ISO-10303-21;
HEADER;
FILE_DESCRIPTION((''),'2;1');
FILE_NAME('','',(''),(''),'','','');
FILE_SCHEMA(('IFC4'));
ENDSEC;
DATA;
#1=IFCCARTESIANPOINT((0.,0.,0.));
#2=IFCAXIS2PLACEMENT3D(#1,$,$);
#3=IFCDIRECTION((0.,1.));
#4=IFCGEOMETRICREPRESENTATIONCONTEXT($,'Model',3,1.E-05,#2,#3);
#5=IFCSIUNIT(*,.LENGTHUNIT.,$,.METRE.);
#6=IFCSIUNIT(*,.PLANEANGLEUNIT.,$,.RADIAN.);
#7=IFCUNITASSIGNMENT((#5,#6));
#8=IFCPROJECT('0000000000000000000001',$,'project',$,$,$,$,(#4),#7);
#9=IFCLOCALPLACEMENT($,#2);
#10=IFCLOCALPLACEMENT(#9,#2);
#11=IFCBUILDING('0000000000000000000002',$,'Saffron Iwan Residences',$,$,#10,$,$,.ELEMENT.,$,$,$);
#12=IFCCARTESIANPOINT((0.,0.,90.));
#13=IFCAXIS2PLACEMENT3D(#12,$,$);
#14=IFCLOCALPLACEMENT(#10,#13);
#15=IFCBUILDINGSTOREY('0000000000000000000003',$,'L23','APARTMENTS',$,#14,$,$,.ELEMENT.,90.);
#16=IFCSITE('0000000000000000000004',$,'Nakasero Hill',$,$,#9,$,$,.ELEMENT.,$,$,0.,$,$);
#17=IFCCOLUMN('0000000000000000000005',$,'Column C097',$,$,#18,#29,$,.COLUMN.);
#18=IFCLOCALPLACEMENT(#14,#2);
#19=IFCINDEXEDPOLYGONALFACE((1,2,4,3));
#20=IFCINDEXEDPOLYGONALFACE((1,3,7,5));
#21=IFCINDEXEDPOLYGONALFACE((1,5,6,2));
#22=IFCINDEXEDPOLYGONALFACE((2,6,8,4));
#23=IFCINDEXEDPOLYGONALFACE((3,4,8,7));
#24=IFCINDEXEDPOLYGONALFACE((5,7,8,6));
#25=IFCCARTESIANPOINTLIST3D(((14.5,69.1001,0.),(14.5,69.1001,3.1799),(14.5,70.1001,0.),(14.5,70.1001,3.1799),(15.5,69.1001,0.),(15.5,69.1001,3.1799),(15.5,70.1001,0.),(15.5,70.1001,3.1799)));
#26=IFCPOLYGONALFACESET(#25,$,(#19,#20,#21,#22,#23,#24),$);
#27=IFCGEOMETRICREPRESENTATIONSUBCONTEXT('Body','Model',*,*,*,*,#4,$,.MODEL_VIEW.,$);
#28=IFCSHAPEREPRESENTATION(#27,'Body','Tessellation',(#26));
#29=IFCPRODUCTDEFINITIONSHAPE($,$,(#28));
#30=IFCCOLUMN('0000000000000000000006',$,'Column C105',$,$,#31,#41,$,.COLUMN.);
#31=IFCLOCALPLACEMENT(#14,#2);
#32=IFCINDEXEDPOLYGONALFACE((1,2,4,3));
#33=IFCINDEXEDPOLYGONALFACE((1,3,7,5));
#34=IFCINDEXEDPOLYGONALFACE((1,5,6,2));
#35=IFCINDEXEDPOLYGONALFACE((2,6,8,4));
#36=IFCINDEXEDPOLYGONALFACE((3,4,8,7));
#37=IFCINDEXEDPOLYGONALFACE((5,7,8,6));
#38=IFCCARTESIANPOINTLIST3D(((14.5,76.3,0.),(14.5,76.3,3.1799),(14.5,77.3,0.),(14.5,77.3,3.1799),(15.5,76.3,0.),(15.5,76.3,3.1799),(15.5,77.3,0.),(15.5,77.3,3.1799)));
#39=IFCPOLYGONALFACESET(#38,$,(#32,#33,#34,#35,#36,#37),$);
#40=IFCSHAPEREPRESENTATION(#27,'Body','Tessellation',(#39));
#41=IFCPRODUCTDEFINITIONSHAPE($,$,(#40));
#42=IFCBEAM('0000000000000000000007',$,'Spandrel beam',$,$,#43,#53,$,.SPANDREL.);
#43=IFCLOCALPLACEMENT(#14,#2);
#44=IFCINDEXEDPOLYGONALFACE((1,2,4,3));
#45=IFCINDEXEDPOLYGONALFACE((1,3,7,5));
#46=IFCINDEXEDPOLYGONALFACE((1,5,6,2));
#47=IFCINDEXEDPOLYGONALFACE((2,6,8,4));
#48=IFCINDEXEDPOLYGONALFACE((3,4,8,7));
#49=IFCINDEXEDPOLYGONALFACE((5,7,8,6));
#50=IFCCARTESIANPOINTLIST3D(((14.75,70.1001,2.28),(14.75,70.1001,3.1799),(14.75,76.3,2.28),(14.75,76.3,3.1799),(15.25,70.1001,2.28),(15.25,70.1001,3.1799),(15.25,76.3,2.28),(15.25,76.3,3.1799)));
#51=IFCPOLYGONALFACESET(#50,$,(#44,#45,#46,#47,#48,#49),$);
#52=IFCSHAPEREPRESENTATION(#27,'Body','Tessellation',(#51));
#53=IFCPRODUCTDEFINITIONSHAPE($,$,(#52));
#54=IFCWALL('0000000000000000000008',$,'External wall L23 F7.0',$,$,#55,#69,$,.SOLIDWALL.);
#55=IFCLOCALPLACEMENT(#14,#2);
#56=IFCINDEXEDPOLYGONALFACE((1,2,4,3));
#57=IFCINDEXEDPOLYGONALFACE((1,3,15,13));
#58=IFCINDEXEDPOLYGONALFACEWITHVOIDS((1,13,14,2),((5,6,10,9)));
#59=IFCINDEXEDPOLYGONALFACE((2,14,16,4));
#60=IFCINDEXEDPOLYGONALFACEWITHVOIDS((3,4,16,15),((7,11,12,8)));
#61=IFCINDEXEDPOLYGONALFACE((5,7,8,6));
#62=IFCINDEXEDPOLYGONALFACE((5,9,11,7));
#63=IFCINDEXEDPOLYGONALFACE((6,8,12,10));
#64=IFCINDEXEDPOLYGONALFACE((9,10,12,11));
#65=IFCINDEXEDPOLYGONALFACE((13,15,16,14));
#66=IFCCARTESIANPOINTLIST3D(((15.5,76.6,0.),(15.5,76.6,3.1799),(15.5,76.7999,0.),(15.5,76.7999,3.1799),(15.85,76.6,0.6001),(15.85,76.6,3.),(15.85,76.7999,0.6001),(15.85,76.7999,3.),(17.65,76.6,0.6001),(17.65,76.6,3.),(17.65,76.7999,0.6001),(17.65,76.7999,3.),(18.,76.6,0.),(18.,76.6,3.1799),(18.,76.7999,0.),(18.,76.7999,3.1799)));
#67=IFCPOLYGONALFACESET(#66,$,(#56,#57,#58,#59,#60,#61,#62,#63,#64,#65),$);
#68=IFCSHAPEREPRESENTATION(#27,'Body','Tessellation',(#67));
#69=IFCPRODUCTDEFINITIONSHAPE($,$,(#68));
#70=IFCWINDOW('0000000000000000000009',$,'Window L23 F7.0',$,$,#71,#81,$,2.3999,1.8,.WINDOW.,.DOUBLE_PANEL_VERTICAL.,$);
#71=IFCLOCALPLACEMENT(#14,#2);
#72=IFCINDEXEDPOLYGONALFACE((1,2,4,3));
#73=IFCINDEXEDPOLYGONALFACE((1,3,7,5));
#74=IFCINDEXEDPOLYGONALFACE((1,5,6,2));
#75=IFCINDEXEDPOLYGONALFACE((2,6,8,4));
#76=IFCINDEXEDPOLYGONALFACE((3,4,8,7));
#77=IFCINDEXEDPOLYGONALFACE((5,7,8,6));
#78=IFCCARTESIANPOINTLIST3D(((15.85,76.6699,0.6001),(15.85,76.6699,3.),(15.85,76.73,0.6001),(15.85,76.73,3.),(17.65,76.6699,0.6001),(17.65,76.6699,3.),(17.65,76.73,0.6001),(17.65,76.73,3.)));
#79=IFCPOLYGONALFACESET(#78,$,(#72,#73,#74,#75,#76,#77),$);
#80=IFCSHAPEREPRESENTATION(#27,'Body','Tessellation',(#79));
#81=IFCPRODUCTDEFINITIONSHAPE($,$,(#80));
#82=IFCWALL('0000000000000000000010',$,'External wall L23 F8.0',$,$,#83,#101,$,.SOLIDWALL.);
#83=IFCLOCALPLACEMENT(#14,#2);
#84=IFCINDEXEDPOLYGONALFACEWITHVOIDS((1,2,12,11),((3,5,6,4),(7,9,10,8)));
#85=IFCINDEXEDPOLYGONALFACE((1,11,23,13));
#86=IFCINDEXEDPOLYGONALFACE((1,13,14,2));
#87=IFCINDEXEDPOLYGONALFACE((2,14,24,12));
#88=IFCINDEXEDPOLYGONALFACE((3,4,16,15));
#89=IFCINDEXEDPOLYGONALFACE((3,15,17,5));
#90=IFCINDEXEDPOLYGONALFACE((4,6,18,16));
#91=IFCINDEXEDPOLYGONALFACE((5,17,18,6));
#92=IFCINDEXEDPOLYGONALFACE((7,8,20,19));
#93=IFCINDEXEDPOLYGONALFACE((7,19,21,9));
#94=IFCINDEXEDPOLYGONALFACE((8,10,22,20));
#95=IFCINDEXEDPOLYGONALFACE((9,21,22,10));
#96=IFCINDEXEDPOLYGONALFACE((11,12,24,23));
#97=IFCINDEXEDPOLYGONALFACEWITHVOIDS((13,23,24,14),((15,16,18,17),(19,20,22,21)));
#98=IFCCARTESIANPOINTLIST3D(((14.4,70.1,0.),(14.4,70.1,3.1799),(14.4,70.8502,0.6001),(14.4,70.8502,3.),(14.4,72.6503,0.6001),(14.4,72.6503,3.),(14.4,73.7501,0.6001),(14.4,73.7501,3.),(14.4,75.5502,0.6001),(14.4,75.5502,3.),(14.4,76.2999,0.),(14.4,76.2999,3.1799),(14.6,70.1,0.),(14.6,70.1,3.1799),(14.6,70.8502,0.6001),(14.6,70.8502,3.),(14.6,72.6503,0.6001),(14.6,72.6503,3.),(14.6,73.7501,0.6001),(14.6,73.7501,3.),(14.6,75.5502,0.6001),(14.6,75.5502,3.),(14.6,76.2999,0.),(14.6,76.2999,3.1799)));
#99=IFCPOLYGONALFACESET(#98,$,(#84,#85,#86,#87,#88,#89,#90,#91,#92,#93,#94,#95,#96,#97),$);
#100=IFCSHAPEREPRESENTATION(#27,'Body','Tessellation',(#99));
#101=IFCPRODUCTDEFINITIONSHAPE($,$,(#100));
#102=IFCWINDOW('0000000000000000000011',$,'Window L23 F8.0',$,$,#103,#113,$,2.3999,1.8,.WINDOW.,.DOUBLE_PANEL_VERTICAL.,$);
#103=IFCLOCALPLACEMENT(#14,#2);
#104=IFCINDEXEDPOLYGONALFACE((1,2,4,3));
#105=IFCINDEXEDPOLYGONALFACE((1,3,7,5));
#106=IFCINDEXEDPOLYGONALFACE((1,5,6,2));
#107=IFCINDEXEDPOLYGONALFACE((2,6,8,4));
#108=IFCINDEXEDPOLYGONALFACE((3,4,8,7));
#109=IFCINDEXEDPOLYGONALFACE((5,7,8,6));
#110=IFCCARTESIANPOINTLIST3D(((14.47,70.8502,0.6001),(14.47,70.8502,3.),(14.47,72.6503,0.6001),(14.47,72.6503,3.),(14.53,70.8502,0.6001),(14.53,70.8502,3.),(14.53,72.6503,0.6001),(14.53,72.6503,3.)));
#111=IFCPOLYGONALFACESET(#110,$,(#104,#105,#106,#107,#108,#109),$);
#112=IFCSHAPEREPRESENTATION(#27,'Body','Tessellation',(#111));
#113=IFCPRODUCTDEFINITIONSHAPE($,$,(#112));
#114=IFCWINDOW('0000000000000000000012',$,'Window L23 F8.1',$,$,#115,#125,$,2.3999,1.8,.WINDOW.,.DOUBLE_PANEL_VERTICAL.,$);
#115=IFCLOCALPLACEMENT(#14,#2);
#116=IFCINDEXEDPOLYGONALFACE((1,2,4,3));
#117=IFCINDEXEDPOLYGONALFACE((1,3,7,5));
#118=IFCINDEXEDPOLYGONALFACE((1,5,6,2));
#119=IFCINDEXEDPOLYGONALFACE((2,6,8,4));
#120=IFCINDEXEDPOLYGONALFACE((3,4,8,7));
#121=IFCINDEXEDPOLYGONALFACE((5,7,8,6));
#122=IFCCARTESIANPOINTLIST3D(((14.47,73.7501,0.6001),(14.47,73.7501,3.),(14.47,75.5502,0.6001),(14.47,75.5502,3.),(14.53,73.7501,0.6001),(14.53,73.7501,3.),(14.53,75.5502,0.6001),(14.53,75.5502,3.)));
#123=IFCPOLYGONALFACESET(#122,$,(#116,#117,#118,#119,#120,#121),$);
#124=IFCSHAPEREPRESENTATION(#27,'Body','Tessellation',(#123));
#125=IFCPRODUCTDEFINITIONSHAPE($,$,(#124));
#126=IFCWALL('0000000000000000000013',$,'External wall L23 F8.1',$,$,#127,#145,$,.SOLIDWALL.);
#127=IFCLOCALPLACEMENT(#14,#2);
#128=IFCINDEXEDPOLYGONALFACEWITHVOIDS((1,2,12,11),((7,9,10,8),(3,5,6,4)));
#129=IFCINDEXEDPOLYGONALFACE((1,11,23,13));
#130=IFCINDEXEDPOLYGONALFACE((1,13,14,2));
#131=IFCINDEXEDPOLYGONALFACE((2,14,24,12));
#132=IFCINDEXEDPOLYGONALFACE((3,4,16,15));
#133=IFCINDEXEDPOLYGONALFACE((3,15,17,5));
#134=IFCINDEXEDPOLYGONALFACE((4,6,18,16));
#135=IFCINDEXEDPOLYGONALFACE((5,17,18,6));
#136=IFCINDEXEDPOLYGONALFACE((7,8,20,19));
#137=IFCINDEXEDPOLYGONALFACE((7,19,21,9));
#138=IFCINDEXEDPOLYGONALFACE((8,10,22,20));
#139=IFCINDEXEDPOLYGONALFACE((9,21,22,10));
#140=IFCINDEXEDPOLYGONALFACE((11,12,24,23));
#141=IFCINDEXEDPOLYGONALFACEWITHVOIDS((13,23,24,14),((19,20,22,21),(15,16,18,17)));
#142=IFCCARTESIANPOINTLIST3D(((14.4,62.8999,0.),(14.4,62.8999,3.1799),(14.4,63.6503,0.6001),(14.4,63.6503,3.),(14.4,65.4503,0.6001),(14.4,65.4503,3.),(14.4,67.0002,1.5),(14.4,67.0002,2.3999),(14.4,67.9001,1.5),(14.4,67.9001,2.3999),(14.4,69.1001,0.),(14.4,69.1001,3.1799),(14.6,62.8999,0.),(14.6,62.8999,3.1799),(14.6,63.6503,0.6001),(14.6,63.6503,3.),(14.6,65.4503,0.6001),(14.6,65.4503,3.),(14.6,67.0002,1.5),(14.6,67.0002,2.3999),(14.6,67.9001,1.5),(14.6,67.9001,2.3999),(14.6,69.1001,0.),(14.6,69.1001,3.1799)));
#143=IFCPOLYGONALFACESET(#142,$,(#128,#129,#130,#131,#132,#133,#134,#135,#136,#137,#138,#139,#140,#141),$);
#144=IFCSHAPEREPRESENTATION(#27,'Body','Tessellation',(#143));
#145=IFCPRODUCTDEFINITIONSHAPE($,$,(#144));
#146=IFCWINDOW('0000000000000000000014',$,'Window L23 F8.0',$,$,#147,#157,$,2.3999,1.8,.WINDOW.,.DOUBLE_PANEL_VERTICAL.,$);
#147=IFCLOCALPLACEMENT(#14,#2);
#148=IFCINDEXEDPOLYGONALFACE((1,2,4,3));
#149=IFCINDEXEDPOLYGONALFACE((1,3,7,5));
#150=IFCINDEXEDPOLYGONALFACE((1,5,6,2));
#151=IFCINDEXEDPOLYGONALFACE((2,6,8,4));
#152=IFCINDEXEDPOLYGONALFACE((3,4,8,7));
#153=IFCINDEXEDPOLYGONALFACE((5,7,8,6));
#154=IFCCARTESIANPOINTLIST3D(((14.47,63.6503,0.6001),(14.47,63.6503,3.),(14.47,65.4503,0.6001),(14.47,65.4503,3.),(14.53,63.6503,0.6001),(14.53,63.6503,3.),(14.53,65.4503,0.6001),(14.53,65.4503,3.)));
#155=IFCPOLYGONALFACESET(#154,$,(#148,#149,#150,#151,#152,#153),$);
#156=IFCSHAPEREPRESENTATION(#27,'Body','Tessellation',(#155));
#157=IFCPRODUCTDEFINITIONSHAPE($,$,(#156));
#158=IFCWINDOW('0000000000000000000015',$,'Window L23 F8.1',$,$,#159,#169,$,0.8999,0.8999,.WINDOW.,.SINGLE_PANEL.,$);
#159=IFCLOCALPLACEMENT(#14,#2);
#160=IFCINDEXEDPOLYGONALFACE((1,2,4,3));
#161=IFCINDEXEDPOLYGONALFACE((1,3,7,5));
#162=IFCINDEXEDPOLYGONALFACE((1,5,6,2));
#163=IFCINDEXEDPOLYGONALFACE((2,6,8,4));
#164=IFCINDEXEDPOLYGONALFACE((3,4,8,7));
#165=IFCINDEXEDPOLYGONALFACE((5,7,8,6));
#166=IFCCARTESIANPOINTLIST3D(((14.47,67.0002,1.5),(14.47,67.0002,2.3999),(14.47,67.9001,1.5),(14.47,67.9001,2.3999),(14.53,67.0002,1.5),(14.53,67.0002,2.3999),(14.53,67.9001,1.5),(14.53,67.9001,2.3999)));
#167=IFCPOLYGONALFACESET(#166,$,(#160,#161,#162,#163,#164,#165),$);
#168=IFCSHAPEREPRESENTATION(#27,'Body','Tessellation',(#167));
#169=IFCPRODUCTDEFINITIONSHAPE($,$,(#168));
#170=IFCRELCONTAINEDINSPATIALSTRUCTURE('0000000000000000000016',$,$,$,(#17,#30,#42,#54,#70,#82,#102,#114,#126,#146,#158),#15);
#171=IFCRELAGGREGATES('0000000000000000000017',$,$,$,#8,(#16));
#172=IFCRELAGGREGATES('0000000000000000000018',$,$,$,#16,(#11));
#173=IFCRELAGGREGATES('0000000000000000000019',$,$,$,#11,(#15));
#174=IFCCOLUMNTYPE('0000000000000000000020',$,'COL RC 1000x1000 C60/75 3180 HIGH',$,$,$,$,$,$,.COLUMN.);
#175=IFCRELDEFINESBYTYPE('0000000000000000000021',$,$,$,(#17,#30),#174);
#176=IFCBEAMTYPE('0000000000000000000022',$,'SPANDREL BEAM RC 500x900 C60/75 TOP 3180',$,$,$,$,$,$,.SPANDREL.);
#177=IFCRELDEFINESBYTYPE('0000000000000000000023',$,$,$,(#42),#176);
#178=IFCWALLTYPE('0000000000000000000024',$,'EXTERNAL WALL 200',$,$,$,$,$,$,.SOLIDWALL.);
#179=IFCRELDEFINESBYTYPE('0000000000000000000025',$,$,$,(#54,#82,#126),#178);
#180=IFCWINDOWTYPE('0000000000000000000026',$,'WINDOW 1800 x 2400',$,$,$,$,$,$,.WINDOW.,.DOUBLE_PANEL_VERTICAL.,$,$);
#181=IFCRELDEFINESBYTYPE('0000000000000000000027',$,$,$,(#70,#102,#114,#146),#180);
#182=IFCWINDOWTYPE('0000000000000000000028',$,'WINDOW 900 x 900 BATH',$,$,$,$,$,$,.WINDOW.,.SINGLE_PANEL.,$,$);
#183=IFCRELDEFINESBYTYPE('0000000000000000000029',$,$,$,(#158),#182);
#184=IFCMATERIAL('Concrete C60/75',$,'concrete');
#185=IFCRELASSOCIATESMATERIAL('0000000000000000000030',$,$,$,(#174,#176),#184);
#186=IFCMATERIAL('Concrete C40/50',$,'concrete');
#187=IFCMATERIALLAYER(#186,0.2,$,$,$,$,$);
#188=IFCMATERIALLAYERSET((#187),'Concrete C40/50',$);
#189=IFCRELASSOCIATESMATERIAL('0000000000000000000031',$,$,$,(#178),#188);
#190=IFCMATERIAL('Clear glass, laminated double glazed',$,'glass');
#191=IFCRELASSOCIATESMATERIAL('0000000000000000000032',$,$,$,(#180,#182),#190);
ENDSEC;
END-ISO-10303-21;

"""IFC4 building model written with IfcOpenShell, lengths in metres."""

from ifc_helpers import new_model, si_unit, direction, frame, frame_2d, origin, origin_2d, place, context, subcontext, project, spatial, rectangle, extrude, source, transform, mapped, material, layer, layer_set, material_profile, profile_set, type_object, element, fill, save


model = new_model("IFC4")

# Units and contexts
model_context = context("Model", 3, precision=1e-05, world=origin(), true_north=direction((0.0, 1.0)))
body_context = subcontext(model_context, "Body", "Model", "MODEL_VIEW")
ifc_project = project(units=[si_unit("LENGTHUNIT", "METRE"), si_unit("PLANEANGLEUNIT", "RADIAN")], contexts=[model_context])

# Site, building, storey
site_placement = place(None, origin())
site = spatial("IfcSite", under=ifc_project, at=site_placement, Name="Nakasero Hill", CompositionType="ELEMENT", RefElevation=0.0)
building_placement = place(site_placement, origin())
building = spatial("IfcBuilding", under=site, at=building_placement, Name="Saffron Iwan Residences", CompositionType="ELEMENT")
storey_placement = place(building_placement, frame((0.0, 0.0, 90.0)))
storey = spatial("IfcBuildingStorey", under=building, at=storey_placement, Name="L23", Description="APARTMENTS", CompositionType="ELEMENT", Elevation=90.0)

# Columns
ifc_material_1 = material(Name="Concrete C60/75", Category="concrete")
ifc_material_profile_1 = material_profile(ifc_material_1, rectangle(XDim=1.0, YDim=1.0, at=origin_2d()), Name="RC 1000x1000")
ifc_profile_set_1 = profile_set([ifc_material_profile_1], Name="Concrete C60/75")
column_type = type_object("IfcColumnType", Name="COL RC 1000x1000 C60/75 3180 HIGH", PredefinedType="COLUMN", material=ifc_profile_set_1)
shared_shape_1 = source(origin(), body_context, "Body", "SweptSolid", [
    extrude(rectangle(XDim=1.0, YDim=1.0, at=origin_2d()), origin(), (0.0, 0.0, 1.0), 3.1799),
])
for number, where, z_axis, x_axis, name in (
    (1, (15.0, 69.6001, 0.0), (0.0, 0.0, 1.0), (1.0, 0.0, 0.0), "Column C097"),
    (2, (15.0, 76.8, 0.0), (0.0, 0.0, 1.0), (1.0, 0.0, 0.0), "Column C105"),
):
    element("IfcColumn", number, at=place(storey_placement, frame(where, z_axis=z_axis, x_axis=x_axis)), inside=storey, type_object=column_type, Name=name, PredefinedType="COLUMN", context=body_context, shape_type="MappedRepresentation", body=[
        mapped(shared_shape_1, transform((0.0, 0.0, 0.0))),
    ])

# Beam
ifc_material_profile_2 = material_profile(ifc_material_1, rectangle(XDim=0.5, YDim=0.8999, at=origin_2d()), Name="RC 500x900")
ifc_profile_set_2 = profile_set([ifc_material_profile_2], Name="Concrete C60/75")
beam_type = type_object("IfcBeamType", Name="SPANDREL BEAM RC 500x900 C60/75 TOP 3180", PredefinedType="SPANDREL", material=ifc_profile_set_2)
shared_shape_2 = source(origin(), body_context, "Body", "SweptSolid", [
    extrude(rectangle(XDim=0.5, YDim=0.8999, at=origin_2d()), origin(), (0.0, 0.0, 1.0), 6.2),
])
beam_placement = place(storey_placement, frame((15.0, 70.1001, 2.73), z_axis=(0.0, 1.0, 0.0), x_axis=(-1.0, 0.0, 0.0)))
element("IfcBeam", 3, at=beam_placement, inside=storey, type_object=beam_type, Name="Spandrel beam", PredefinedType="SPANDREL", context=body_context, shape_type="MappedRepresentation", body=[
    mapped(shared_shape_2, transform((0.0, 0.0, 0.0))),
])

# Wall, opening, window
ifc_material_2 = material(Name="Concrete C40/50", Category="concrete")
ifc_layer_1 = layer(ifc_material_2, 0.2)
ifc_layer_set_1 = layer_set([ifc_layer_1], Name="Concrete C40/50")
wall_type_1 = type_object("IfcWallType", Name="EXTERNAL WALL 200", PredefinedType="SOLIDWALL", material=ifc_layer_set_1)
wall_1_placement = place(storey_placement, frame((18.0, 76.7, 0.0), z_axis=(0.0, 0.0, 1.0), x_axis=(-1.0, 0.0, 0.0)))
wall_1 = element("IfcWall", 4, at=wall_1_placement, inside=storey, type_object=wall_type_1, Name="External wall L23 F7.0", PredefinedType="SOLIDWALL", context=body_context, shape_type="SweptSolid", body=[
    extrude(rectangle(XDim=2.5, YDim=0.2, at=frame_2d((1.25, 0.0))), origin(), (0.0, 0.0, 1.0), 3.1799),
])
opening_1_placement = place(wall_1_placement, frame((0.3501, 0.0, 0.6001)))
opening_1 = element("IfcOpeningElement", 5, at=opening_1_placement, cuts=wall_1, PredefinedType="OPENING", context=body_context, shape_type="SweptSolid", body=[
    extrude(rectangle(XDim=1.8, YDim=2.3999, at=frame_2d((0.8999, 1.2))), frame((0.0, 0.1099, 0.0), z_axis=(0.0, -1.0, 0.0), x_axis=(1.0, 0.0, 0.0)), (0.0, 0.0, 1.0), 0.22),
])
ifc_material_3 = material(Name="Clear glass, laminated double glazed", Category="glass")
window_type_1 = type_object("IfcWindowType", Name="WINDOW 1800 x 2400", PartitioningType="DOUBLE_PANEL_VERTICAL", PredefinedType="WINDOW", material=ifc_material_3)
window_1_placement = place(opening_1_placement, origin())
window_1 = element("IfcWindow", 6, at=window_1_placement, inside=storey, type_object=window_type_1, Name="Window L23 F7.0", OverallHeight=2.3999, OverallWidth=1.8, PartitioningType="DOUBLE_PANEL_VERTICAL", PredefinedType="WINDOW", context=body_context, shape_type="SweptSolid", body=[
    extrude(rectangle(XDim=1.8, YDim=2.3999, at=frame_2d((0.8999, 1.2))), frame((0.0, 0.03, 0.0), z_axis=(0.0, -1.0, 0.0), x_axis=(1.0, 0.0, 0.0)), (0.0, 0.0, 1.0), 0.0601),
])
fill(opening_1, window_1)

# Walls, openings, windows
wall_2_placement = place(storey_placement, frame((14.5, 76.3, 0.0), z_axis=(0.0, 0.0, 1.0), x_axis=(0.0, -1.0, 0.0)))
wall_2 = element("IfcWall", 7, at=wall_2_placement, inside=storey, type_object=wall_type_1, Name="External wall L23 F8.0", PredefinedType="SOLIDWALL", context=body_context, shape_type="SweptSolid", body=[
    extrude(rectangle(XDim=6.2, YDim=0.2, at=frame_2d((3.1001, 0.0))), origin(), (0.0, 0.0, 1.0), 3.1799),
])
opening_2_placement = place(wall_2_placement, frame((3.6499, 0.0, 0.6001)))
opening_2 = element("IfcOpeningElement", 8, at=opening_2_placement, cuts=wall_2, PredefinedType="OPENING", context=body_context, shape_type="SweptSolid", body=[
    extrude(rectangle(XDim=1.8, YDim=2.3999, at=frame_2d((0.8999, 1.2))), frame((0.0, 0.1099, 0.0), z_axis=(0.0, -1.0, 0.0), x_axis=(1.0, 0.0, 0.0)), (0.0, 0.0, 1.0), 0.22),
])
opening_3_placement = place(wall_2_placement, frame((0.75, 0.0, 0.6001)))
opening_3 = element("IfcOpeningElement", 9, at=opening_3_placement, cuts=wall_2, PredefinedType="OPENING", context=body_context, shape_type="SweptSolid", body=[
    extrude(rectangle(XDim=1.8, YDim=2.3999, at=frame_2d((0.8999, 1.2))), frame((0.0, 0.1099, 0.0), z_axis=(0.0, -1.0, 0.0), x_axis=(1.0, 0.0, 0.0)), (0.0, 0.0, 1.0), 0.22),
])
window_2_placement = place(opening_2_placement, origin())
window_2 = element("IfcWindow", 10, at=window_2_placement, inside=storey, type_object=window_type_1, Name="Window L23 F8.0", OverallHeight=2.3999, OverallWidth=1.8, PartitioningType="DOUBLE_PANEL_VERTICAL", PredefinedType="WINDOW", context=body_context, shape_type="SweptSolid", body=[
    extrude(rectangle(XDim=1.8, YDim=2.3999, at=frame_2d((0.8999, 1.2))), frame((0.0, 0.03, 0.0), z_axis=(0.0, -1.0, 0.0), x_axis=(1.0, 0.0, 0.0)), (0.0, 0.0, 1.0), 0.0601),
])
fill(opening_2, window_2)
window_3_placement = place(opening_3_placement, origin())
window_3 = element("IfcWindow", 11, at=window_3_placement, inside=storey, type_object=window_type_1, Name="Window L23 F8.1", OverallHeight=2.3999, OverallWidth=1.8, PartitioningType="DOUBLE_PANEL_VERTICAL", PredefinedType="WINDOW", context=body_context, shape_type="SweptSolid", body=[
    extrude(rectangle(XDim=1.8, YDim=2.3999, at=frame_2d((0.8999, 1.2))), frame((0.0, 0.03, 0.0), z_axis=(0.0, -1.0, 0.0), x_axis=(1.0, 0.0, 0.0)), (0.0, 0.0, 1.0), 0.0601),
])
fill(opening_3, window_3)
wall_3_placement = place(storey_placement, frame((14.5, 69.1001, 0.0), z_axis=(0.0, 0.0, 1.0), x_axis=(0.0, -1.0, 0.0)))
wall_3 = element("IfcWall", 12, at=wall_3_placement, inside=storey, type_object=wall_type_1, Name="External wall L23 F8.1", PredefinedType="SOLIDWALL", context=body_context, shape_type="SweptSolid", body=[
    extrude(rectangle(XDim=6.2002, YDim=0.2, at=frame_2d((3.1001, 0.0))), origin(), (0.0, 0.0, 1.0), 3.1799),
])
opening_4_placement = place(wall_3_placement, frame((3.6499, 0.0, 0.6001)))
opening_4 = element("IfcOpeningElement", 13, at=opening_4_placement, cuts=wall_3, PredefinedType="OPENING", context=body_context, shape_type="SweptSolid", body=[
    extrude(rectangle(XDim=1.8, YDim=2.3999, at=frame_2d((0.8999, 1.2))), frame((0.0, 0.1099, 0.0), z_axis=(0.0, -1.0, 0.0), x_axis=(1.0, 0.0, 0.0)), (0.0, 0.0, 1.0), 0.22),
])
opening_5_placement = place(wall_3_placement, frame((1.2, 0.0, 1.5)))
opening_5 = element("IfcOpeningElement", 14, at=opening_5_placement, cuts=wall_3, PredefinedType="OPENING", context=body_context, shape_type="SweptSolid", body=[
    extrude(rectangle(XDim=0.8999, YDim=0.8999, at=frame_2d((0.45, 0.45))), frame((0.0, 0.1099, 0.0), z_axis=(0.0, -1.0, 0.0), x_axis=(1.0, 0.0, 0.0)), (0.0, 0.0, 1.0), 0.22),
])
window_4_placement = place(opening_4_placement, origin())
window_4 = element("IfcWindow", 15, at=window_4_placement, inside=storey, type_object=window_type_1, Name="Window L23 F8.0", OverallHeight=2.3999, OverallWidth=1.8, PartitioningType="DOUBLE_PANEL_VERTICAL", PredefinedType="WINDOW", context=body_context, shape_type="SweptSolid", body=[
    extrude(rectangle(XDim=1.8, YDim=2.3999, at=frame_2d((0.8999, 1.2))), frame((0.0, 0.03, 0.0), z_axis=(0.0, -1.0, 0.0), x_axis=(1.0, 0.0, 0.0)), (0.0, 0.0, 1.0), 0.0601),
])
fill(opening_4, window_4)
window_type_2 = type_object("IfcWindowType", Name="WINDOW 900 x 900 BATH", PartitioningType="SINGLE_PANEL", PredefinedType="WINDOW", material=ifc_material_3)
window_5_placement = place(opening_5_placement, origin())
window_5 = element("IfcWindow", 16, at=window_5_placement, inside=storey, type_object=window_type_2, Name="Window L23 F8.1", OverallHeight=0.8999, OverallWidth=0.8999, PartitioningType="SINGLE_PANEL", PredefinedType="WINDOW", context=body_context, shape_type="SweptSolid", body=[
    extrude(rectangle(XDim=0.8999, YDim=0.8999, at=frame_2d((0.45, 0.45))), frame((0.0, 0.03, 0.0), z_axis=(0.0, -1.0, 0.0), x_axis=(1.0, 0.0, 0.0)), (0.0, 0.0, 1.0), 0.0601),
])
fill(opening_5, window_5)

save(model, "model.ifc")
